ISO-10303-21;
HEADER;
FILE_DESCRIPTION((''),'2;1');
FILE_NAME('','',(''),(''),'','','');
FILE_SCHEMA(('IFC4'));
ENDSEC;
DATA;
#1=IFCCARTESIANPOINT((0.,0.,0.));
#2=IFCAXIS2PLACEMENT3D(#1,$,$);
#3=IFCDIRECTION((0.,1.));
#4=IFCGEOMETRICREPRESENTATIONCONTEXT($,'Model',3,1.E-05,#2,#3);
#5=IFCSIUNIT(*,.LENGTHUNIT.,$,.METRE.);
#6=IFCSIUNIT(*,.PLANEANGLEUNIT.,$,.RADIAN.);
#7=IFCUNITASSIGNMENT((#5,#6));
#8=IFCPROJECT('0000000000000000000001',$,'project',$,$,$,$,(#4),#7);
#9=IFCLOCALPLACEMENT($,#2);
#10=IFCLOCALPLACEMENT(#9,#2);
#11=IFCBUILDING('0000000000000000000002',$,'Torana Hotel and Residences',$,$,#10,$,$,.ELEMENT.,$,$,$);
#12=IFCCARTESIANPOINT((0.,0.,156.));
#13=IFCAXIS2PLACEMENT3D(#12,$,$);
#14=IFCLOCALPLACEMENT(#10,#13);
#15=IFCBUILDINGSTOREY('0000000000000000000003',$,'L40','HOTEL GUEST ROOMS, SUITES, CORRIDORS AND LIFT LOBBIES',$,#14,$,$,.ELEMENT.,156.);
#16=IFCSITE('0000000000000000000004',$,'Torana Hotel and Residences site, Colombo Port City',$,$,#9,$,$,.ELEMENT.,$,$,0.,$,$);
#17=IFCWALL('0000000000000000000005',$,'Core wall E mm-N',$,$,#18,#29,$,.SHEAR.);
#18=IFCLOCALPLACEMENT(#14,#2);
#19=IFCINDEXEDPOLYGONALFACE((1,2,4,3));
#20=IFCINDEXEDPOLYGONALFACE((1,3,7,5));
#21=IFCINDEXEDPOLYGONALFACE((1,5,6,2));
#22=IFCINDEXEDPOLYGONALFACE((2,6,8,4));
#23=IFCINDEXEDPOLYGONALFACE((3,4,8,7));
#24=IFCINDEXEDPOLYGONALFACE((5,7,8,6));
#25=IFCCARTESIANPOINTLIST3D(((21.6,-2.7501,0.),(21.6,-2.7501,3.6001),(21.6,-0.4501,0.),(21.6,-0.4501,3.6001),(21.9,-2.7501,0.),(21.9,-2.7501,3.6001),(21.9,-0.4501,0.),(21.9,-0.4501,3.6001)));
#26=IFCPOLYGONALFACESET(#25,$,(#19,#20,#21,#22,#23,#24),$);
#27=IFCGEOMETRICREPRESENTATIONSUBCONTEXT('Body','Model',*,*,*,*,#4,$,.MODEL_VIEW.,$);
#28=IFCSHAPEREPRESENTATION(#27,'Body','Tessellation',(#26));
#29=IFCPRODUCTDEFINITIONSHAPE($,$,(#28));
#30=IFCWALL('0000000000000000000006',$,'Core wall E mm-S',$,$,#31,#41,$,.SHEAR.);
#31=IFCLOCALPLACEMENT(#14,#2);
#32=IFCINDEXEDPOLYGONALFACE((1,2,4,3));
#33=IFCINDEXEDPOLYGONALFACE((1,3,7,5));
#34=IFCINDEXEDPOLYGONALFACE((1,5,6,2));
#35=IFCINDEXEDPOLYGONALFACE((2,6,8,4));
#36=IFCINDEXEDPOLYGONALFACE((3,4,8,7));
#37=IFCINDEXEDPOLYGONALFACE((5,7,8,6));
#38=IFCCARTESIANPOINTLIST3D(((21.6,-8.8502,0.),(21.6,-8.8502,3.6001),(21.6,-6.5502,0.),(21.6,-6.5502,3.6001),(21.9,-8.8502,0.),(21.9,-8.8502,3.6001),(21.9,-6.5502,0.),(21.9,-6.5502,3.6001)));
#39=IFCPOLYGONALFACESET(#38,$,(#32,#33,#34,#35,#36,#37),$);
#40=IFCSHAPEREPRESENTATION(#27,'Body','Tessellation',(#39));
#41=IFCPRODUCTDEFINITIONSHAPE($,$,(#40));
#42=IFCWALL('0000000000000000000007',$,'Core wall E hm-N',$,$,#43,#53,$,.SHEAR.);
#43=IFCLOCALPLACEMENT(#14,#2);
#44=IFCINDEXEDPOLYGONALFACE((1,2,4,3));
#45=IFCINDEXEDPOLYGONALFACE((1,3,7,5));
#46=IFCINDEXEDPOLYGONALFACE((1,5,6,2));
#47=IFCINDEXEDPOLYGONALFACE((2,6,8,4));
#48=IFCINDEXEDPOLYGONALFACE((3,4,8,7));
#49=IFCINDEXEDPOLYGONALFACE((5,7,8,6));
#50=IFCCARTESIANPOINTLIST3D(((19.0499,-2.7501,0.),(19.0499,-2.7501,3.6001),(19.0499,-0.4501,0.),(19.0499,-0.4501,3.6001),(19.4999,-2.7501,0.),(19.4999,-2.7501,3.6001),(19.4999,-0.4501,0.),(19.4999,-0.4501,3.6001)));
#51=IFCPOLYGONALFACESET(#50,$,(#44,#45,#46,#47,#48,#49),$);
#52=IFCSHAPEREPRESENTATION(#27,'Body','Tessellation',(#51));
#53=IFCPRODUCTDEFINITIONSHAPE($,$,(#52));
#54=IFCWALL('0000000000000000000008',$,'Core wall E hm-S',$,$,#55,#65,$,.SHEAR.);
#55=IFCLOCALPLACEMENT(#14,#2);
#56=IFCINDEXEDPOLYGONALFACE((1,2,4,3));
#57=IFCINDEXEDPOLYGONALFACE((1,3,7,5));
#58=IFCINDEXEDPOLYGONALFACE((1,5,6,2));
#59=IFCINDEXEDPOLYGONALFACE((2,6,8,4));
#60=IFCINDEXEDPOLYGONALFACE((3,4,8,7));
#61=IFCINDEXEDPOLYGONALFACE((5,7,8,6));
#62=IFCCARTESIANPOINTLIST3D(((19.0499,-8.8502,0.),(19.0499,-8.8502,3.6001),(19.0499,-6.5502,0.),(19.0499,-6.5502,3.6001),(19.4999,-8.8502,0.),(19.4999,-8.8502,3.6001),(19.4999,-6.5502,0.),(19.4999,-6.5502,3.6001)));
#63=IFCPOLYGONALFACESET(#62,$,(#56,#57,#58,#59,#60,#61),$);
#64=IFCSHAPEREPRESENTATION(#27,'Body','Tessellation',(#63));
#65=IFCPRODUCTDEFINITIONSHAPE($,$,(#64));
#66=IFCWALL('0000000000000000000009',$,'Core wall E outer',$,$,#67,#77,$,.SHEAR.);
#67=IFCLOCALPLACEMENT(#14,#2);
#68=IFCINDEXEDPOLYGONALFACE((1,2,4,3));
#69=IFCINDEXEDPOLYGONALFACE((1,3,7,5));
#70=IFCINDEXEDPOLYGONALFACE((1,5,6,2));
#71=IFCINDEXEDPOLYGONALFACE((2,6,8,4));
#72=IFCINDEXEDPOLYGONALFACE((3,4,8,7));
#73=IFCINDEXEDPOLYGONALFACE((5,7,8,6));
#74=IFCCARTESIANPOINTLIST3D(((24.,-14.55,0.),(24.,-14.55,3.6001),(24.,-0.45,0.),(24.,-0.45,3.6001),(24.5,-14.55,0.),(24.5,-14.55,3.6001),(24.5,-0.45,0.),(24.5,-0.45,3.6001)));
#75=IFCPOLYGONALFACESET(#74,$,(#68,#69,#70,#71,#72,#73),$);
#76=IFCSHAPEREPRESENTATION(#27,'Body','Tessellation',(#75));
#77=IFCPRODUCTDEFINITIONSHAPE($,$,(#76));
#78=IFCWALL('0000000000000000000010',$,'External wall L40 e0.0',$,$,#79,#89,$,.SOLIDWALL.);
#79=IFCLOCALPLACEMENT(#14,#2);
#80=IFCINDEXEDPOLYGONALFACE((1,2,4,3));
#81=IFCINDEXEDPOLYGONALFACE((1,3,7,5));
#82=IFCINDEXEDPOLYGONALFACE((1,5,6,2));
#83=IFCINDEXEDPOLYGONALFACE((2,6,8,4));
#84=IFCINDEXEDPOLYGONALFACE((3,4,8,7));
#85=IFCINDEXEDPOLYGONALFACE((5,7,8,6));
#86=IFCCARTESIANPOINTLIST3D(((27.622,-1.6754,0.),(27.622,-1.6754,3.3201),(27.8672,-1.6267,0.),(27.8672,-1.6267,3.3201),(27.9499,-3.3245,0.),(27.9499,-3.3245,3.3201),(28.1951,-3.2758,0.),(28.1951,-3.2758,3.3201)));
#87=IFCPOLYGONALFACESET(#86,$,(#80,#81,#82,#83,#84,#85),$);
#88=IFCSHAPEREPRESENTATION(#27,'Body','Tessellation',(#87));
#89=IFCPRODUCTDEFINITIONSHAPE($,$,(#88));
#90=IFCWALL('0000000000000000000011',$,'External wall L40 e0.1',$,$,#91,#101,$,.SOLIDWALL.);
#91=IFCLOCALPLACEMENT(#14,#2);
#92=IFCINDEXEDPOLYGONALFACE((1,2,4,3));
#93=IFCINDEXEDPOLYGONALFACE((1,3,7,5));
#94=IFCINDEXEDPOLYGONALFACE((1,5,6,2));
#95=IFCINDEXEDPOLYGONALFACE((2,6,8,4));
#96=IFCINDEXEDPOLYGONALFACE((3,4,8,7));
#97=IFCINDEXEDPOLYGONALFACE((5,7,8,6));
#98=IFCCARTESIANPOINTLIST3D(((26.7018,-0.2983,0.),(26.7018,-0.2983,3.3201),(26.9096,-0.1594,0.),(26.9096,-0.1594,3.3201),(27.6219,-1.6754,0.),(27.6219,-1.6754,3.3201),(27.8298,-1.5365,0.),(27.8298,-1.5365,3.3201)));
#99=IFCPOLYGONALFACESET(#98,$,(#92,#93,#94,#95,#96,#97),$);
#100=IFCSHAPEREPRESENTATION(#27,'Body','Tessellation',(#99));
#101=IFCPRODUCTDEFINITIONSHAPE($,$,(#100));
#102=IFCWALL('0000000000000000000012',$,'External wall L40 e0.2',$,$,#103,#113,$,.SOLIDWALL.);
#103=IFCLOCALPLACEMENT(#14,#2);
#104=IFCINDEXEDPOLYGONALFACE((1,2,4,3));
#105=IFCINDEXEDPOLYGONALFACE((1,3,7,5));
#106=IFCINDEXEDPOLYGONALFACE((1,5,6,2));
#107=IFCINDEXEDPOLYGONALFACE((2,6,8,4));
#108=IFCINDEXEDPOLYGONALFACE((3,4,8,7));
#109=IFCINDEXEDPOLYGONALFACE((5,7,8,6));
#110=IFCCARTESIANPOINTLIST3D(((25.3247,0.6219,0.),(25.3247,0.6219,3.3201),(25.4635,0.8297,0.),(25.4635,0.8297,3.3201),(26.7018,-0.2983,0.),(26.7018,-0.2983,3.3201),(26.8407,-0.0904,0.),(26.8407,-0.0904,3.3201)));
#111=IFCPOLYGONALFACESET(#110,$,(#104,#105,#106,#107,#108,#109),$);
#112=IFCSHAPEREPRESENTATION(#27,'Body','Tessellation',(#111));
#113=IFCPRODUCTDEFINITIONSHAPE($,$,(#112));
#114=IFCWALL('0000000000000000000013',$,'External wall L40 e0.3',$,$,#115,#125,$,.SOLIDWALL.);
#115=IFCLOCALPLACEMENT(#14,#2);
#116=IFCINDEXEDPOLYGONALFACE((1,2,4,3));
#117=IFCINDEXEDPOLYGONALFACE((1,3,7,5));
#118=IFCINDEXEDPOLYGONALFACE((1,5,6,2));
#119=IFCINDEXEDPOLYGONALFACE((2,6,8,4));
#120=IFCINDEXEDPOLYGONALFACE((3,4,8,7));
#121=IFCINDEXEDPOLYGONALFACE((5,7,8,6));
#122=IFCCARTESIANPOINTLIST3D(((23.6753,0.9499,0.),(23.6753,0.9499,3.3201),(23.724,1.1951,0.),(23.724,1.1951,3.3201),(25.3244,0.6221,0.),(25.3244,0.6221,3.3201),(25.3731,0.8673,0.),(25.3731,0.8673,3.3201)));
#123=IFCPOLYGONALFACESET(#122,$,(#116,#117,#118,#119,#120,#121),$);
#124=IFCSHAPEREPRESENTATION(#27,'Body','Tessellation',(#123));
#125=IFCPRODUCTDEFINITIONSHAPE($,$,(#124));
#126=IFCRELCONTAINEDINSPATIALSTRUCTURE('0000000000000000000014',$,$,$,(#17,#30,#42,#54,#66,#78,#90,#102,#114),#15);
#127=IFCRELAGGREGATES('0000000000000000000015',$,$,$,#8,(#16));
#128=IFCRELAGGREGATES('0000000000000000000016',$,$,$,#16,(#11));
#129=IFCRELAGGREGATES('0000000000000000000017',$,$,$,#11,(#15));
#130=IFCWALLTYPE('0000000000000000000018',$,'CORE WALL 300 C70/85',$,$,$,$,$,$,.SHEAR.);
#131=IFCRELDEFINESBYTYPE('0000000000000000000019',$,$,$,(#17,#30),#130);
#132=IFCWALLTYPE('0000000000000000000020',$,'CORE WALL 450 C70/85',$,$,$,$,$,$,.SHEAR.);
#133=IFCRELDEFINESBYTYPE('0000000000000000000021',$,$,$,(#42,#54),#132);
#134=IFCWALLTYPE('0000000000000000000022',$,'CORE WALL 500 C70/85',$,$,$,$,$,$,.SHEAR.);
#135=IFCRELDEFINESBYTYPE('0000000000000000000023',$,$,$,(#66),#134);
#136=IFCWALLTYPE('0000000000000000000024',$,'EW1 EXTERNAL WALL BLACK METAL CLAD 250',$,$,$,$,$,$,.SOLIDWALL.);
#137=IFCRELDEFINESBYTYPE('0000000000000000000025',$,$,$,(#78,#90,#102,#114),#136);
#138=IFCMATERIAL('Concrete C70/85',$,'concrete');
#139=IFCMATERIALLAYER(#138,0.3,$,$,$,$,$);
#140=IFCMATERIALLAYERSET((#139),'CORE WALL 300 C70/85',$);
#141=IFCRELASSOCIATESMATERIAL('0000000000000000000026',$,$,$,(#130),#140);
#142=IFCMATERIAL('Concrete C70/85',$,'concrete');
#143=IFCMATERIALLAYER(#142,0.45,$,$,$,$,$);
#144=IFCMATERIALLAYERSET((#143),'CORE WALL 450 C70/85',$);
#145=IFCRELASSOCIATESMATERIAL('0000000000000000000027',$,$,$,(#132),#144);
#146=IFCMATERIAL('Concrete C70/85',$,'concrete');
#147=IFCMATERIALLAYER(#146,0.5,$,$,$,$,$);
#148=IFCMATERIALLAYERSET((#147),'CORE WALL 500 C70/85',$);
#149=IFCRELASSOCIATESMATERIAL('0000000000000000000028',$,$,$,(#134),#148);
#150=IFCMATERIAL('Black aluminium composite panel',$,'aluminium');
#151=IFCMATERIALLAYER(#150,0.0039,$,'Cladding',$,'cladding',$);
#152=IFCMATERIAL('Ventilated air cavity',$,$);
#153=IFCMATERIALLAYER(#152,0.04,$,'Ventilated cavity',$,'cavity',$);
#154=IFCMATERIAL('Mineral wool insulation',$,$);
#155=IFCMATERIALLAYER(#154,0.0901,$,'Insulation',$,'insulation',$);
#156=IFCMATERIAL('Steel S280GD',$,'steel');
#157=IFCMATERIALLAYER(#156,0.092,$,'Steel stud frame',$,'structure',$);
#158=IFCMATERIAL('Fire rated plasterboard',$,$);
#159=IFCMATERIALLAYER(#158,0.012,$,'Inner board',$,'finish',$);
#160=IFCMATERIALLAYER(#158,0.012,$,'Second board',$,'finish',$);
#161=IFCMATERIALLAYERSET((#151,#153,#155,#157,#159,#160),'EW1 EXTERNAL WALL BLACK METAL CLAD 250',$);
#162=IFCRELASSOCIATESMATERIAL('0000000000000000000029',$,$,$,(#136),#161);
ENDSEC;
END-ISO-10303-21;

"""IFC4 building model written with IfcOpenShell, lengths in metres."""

from ifc_helpers import new_model, si_unit, direction, frame, frame_2d, origin, place, context, subcontext, project, spatial, rectangle, extrude, material, layer, layer_set, type_object, element, save


model = new_model("IFC4")

# Units and contexts
model_context = context("Model", 3, precision=1e-05, world=origin(), true_north=direction((0.0, 1.0)))
body_context = subcontext(model_context, "Body", "Model", "MODEL_VIEW")
ifc_project = project(units=[si_unit("LENGTHUNIT", "METRE"), si_unit("PLANEANGLEUNIT", "RADIAN")], contexts=[model_context])

# Site, building, storey
site_placement = place(None, origin())
site = spatial("IfcSite", under=ifc_project, at=site_placement, Name="Torana Hotel and Residences site, Colombo Port City", CompositionType="ELEMENT", RefElevation=0.0)
building_placement = place(site_placement, origin())
building = spatial("IfcBuilding", under=site, at=building_placement, Name="Torana Hotel and Residences", CompositionType="ELEMENT")
storey_placement = place(building_placement, frame((0.0, 0.0, 156.0)))
storey = spatial("IfcBuildingStorey", under=building, at=storey_placement, Name="L40", Description="HOTEL GUEST ROOMS, SUITES, CORRIDORS AND LIFT LOBBIES", CompositionType="ELEMENT", Elevation=156.0)

# Walls
ifc_material_1 = material(Name="Concrete C70/85", Category="concrete")
ifc_layer_1 = layer(ifc_material_1, 0.3)
ifc_layer_set_1 = layer_set([ifc_layer_1], Name="CORE WALL 300 C70/85")
wall_type_1 = type_object("IfcWallType", Name="CORE WALL 300 C70/85", PredefinedType="SHEAR", material=ifc_layer_set_1)
for number, where, z_axis, x_axis, name in (
    (1, (21.75, -2.75, 0.0), (0.0, 0.0, 1.0), (0.0, 1.0, 0.0), "Core wall E mm-N"),
    (2, (21.75, -8.8501, 0.0), (0.0, 0.0, 1.0), (0.0, 1.0, 0.0), "Core wall E mm-S"),
):
    element("IfcWall", number, at=place(storey_placement, frame(where, z_axis=z_axis, x_axis=x_axis)), inside=storey, type_object=wall_type_1, Name=name, PredefinedType="SHEAR", context=body_context, shape_type="SweptSolid", body=[
        extrude(rectangle(XDim=2.3, YDim=0.3, at=frame_2d((1.1499, 0.0))), origin(), (0.0, 0.0, 1.0), 3.6001),
    ])
ifc_material_2 = material(Name="Concrete C70/85", Category="concrete")
ifc_layer_2 = layer(ifc_material_2, 0.45)
ifc_layer_set_2 = layer_set([ifc_layer_2], Name="CORE WALL 450 C70/85")
wall_type_2 = type_object("IfcWallType", Name="CORE WALL 450 C70/85", PredefinedType="SHEAR", material=ifc_layer_set_2)
for number, where, z_axis, x_axis, name in (
    (3, (19.2749, -2.75, 0.0), (0.0, 0.0, 1.0), (0.0, 1.0, 0.0), "Core wall E hm-N"),
    (4, (19.2749, -8.8501, 0.0), (0.0, 0.0, 1.0), (0.0, 1.0, 0.0), "Core wall E hm-S"),
):
    element("IfcWall", number, at=place(storey_placement, frame(where, z_axis=z_axis, x_axis=x_axis)), inside=storey, type_object=wall_type_2, Name=name, PredefinedType="SHEAR", context=body_context, shape_type="SweptSolid", body=[
        extrude(rectangle(XDim=2.3, YDim=0.45, at=frame_2d((1.1499, 0.0))), origin(), (0.0, 0.0, 1.0), 3.6001),
    ])
ifc_material_3 = material(Name="Concrete C70/85", Category="concrete")
ifc_layer_3 = layer(ifc_material_3, 0.5)
ifc_layer_set_3 = layer_set([ifc_layer_3], Name="CORE WALL 500 C70/85")
wall_type_3 = type_object("IfcWallType", Name="CORE WALL 500 C70/85", PredefinedType="SHEAR", material=ifc_layer_set_3)
wall_1_placement = place(storey_placement, frame((24.25, -14.55, 0.0), z_axis=(0.0, 0.0, 1.0), x_axis=(0.0, 1.0, 0.0)))
element("IfcWall", 5, at=wall_1_placement, inside=storey, type_object=wall_type_3, Name="Core wall E outer", PredefinedType="SHEAR", context=body_context, shape_type="SweptSolid", body=[
    extrude(rectangle(XDim=14.1001, YDim=0.5, at=frame_2d((7.05, 0.0))), origin(), (0.0, 0.0, 1.0), 3.6001),
])
ifc_material_4 = material(Name="Black aluminium composite panel", Category="aluminium")
ifc_layer_4 = layer(ifc_material_4, 0.0039, Name="Cladding", Category="cladding")
ifc_material_5 = material(Name="Ventilated air cavity")
ifc_layer_5 = layer(ifc_material_5, 0.04, Name="Ventilated cavity", Category="cavity")
ifc_material_6 = material(Name="Mineral wool insulation")
ifc_layer_6 = layer(ifc_material_6, 0.0901, Name="Insulation", Category="insulation")
ifc_material_7 = material(Name="Steel S280GD", Category="steel")
ifc_layer_7 = layer(ifc_material_7, 0.092, Name="Steel stud frame", Category="structure")
ifc_material_8 = material(Name="Fire rated plasterboard")
ifc_layer_8 = layer(ifc_material_8, 0.012, Name="Inner board", Category="finish")
ifc_layer_9 = layer(ifc_material_8, 0.012, Name="Second board", Category="finish")
ifc_layer_set_4 = layer_set([ifc_layer_4, ifc_layer_5, ifc_layer_6, ifc_layer_7, ifc_layer_8, ifc_layer_9], Name="EW1 EXTERNAL WALL BLACK METAL CLAD 250")
wall_type_4 = type_object("IfcWallType", Name="EW1 EXTERNAL WALL BLACK METAL CLAD 250", PredefinedType="SOLIDWALL", material=ifc_layer_set_4)
wall_2_placement = place(storey_placement, frame((28.0725, -3.3003, 0.0), z_axis=(0.0, 0.0, 1.0), x_axis=(-0.194999, 0.980803, 0.0)))
element("IfcWall", 6, at=wall_2_placement, inside=storey, type_object=wall_type_4, Name="External wall L40 e0.0", PredefinedType="SOLIDWALL", context=body_context, shape_type="SweptSolid", body=[
    extrude(rectangle(XDim=1.6814, YDim=0.25, at=frame_2d((0.8408, 0.0))), origin(), (0.0, 0.0, 1.0), 3.3201),
])
for number, where, z_axis, x_axis, name in (
    (7, (27.7258, -1.606, 0.0), (0.0, 0.0, 1.0), (-0.55555, 0.831483, 0.0), "External wall L40 e0.1"),
    (8, (26.7712, -0.1943, 0.0), (0.0, 0.0, 1.0), (-0.831483, 0.55555, 0.0), "External wall L40 e0.2"),
):
    element("IfcWall", number, at=place(storey_placement, frame(where, z_axis=z_axis, x_axis=x_axis)), inside=storey, type_object=wall_type_4, Name=name, PredefinedType="SOLIDWALL", context=body_context, shape_type="SweptSolid", body=[
        extrude(rectangle(XDim=1.6562, YDim=0.25, at=frame_2d((0.8281, 0.0))), origin(), (0.0, 0.0, 1.0), 3.3201),
    ])
wall_3_placement = place(storey_placement, frame((25.3489, 0.7446, 0.0), z_axis=(0.0, 0.0, 1.0), x_axis=(-0.980803, 0.194999, 0.0)))
element("IfcWall", 9, at=wall_3_placement, inside=storey, type_object=wall_type_4, Name="External wall L40 e0.3", PredefinedType="SOLIDWALL", context=body_context, shape_type="SweptSolid", body=[
    extrude(rectangle(XDim=1.6814, YDim=0.25, at=frame_2d((0.8408, 0.0))), origin(), (0.0, 0.0, 1.0), 3.3201),
])

save(model, "model.ifc")
